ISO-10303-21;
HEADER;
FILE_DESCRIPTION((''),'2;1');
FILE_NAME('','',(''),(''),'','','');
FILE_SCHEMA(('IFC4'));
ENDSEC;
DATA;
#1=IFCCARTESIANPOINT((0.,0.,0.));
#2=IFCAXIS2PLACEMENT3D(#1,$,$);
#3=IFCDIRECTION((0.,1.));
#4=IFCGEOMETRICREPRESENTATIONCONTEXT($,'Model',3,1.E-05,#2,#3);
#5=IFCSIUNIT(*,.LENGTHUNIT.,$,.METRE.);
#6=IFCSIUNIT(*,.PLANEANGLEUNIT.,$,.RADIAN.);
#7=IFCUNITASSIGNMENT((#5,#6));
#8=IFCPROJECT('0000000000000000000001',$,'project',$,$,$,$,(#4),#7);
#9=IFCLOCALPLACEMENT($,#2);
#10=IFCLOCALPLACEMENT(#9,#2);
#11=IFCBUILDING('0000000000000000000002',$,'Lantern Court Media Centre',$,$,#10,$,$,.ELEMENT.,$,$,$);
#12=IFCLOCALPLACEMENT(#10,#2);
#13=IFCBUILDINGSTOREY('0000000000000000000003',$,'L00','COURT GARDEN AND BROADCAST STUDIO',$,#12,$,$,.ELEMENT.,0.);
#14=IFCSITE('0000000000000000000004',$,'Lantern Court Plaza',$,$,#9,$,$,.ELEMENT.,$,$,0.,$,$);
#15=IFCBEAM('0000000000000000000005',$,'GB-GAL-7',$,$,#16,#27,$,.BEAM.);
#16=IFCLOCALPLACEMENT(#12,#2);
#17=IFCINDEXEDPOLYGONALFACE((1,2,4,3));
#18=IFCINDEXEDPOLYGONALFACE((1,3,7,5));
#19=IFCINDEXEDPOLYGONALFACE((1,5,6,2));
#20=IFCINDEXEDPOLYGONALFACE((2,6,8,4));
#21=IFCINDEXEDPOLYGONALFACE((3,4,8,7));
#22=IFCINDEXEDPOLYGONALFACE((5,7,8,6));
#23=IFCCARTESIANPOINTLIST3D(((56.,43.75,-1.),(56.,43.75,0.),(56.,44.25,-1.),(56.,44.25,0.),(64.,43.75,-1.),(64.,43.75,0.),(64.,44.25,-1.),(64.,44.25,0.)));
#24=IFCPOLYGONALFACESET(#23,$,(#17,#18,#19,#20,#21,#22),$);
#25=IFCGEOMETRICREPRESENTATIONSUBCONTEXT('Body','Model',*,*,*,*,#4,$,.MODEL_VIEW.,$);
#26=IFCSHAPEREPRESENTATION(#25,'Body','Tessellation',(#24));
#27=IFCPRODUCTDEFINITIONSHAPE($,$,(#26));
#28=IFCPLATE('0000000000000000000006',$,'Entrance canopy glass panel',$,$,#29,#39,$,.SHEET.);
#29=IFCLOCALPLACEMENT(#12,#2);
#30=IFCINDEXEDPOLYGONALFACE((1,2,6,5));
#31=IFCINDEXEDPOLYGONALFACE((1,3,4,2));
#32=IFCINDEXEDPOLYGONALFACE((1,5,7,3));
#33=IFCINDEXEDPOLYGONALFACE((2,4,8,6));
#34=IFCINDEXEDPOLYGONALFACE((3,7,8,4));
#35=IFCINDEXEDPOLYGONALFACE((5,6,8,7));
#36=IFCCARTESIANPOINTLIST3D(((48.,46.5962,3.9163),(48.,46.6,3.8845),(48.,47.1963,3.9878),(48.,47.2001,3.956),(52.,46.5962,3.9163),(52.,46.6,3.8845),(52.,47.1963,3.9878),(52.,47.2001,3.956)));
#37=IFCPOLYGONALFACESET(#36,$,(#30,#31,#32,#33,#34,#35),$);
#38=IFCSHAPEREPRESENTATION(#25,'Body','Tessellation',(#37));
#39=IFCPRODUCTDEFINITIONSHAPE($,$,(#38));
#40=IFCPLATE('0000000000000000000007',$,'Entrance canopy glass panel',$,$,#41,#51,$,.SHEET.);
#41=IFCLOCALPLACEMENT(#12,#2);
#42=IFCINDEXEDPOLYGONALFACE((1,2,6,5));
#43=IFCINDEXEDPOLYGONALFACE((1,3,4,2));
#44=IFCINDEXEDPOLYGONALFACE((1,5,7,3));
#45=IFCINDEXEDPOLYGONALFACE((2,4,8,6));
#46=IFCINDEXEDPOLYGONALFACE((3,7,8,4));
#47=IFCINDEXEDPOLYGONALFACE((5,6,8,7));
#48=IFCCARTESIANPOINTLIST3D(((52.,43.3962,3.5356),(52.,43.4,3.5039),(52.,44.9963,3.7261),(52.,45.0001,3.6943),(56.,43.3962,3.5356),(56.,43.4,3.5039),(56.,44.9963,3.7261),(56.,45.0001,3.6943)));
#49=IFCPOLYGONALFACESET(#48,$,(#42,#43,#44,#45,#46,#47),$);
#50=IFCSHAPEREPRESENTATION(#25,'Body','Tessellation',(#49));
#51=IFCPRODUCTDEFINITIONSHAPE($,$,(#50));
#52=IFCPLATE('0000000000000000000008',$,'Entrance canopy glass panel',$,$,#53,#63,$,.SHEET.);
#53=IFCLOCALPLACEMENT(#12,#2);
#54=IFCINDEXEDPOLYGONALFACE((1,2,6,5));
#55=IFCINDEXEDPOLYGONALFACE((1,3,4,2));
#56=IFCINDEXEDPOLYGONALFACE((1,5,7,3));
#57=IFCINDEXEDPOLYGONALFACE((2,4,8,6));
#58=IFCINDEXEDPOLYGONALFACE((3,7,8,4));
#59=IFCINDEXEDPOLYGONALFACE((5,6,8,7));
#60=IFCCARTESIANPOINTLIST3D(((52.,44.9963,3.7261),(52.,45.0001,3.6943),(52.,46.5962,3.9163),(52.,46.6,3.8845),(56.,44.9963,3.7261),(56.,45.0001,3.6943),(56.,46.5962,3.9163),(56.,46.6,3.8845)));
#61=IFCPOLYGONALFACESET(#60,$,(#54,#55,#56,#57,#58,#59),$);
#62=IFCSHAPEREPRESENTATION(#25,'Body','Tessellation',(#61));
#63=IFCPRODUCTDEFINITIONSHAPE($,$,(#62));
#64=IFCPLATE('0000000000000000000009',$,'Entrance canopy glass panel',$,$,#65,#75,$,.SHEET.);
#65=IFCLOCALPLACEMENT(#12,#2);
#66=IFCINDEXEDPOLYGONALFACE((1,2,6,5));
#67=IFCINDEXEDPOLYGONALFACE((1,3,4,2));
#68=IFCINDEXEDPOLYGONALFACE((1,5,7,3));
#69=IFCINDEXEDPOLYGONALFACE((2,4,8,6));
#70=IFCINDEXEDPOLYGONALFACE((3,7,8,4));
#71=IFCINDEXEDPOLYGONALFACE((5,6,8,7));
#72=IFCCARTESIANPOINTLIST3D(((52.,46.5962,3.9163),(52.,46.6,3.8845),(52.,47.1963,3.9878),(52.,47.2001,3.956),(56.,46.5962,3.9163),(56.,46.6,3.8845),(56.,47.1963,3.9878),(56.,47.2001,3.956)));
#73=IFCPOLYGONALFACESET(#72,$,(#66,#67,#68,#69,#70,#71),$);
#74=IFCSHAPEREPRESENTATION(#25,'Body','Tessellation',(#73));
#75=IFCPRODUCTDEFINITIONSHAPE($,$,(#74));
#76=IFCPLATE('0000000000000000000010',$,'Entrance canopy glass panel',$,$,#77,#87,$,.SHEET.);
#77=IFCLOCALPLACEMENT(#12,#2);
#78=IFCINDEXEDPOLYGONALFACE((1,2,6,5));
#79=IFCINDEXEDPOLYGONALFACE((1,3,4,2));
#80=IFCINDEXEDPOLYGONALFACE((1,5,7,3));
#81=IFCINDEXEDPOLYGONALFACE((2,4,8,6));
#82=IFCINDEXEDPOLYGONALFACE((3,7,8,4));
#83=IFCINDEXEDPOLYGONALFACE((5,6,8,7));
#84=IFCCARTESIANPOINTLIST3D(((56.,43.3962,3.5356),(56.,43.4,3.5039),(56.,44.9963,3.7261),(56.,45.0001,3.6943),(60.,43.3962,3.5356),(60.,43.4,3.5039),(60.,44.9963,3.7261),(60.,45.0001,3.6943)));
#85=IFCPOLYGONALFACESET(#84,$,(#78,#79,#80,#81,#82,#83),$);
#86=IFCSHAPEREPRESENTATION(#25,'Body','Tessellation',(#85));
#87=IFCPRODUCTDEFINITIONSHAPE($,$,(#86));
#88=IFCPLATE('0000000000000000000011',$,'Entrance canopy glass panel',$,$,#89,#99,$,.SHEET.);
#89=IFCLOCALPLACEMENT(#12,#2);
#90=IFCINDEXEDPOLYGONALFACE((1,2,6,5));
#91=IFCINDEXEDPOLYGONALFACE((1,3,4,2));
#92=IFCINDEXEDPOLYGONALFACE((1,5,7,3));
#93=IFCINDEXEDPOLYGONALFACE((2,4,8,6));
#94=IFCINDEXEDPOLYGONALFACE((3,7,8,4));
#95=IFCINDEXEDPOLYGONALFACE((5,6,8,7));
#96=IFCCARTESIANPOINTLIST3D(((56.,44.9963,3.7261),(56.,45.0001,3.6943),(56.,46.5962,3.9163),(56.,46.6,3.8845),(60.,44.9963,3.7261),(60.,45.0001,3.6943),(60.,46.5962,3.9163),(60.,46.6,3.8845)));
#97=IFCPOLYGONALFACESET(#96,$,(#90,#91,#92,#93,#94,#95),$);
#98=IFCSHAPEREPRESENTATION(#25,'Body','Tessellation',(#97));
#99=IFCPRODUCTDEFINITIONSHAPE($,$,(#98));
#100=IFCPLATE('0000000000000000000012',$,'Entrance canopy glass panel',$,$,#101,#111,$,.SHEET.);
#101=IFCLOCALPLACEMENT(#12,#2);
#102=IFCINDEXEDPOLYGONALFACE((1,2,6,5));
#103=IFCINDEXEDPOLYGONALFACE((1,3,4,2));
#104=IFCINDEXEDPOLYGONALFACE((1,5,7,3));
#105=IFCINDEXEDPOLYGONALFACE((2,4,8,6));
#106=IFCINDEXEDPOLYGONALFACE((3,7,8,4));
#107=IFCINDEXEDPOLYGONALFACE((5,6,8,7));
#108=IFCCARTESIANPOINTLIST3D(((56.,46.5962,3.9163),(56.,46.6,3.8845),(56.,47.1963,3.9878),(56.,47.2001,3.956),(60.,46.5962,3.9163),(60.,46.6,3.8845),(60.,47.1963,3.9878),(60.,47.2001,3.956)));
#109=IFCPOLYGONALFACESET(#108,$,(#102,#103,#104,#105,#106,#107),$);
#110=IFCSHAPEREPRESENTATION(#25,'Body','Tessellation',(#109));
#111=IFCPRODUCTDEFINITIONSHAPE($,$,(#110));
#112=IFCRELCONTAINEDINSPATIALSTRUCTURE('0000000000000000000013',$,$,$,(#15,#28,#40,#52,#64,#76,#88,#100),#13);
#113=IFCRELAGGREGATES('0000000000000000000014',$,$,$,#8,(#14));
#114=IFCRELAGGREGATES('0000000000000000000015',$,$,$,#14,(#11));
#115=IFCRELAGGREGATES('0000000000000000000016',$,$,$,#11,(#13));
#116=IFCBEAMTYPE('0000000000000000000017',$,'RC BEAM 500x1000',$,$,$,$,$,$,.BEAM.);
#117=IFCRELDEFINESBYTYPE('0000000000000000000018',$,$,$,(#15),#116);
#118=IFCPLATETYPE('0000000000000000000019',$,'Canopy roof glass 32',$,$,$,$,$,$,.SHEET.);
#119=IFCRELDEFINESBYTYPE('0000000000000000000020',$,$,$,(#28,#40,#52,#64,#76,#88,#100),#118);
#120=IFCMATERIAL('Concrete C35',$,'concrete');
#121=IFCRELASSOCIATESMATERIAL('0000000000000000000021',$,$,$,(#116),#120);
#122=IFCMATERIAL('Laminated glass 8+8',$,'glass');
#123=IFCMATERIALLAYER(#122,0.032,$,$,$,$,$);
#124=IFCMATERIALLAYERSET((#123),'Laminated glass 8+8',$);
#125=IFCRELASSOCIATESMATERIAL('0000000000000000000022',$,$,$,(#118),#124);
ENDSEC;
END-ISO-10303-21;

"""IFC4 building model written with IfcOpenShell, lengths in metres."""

from ifc_helpers import new_model, si_unit, direction, frame, origin, origin_2d, place, context, subcontext, project, spatial, polyline, rectangle, outline, extrude, material, layer, layer_set, material_profile, profile_set, type_object, element, save


model = new_model("IFC4")

# Units and contexts
model_context = context("Model", 3, precision=1e-05, world=origin(), true_north=direction((0.0, 1.0)))
body_context = subcontext(model_context, "Body", "Model", "MODEL_VIEW")
ifc_project = project(units=[si_unit("LENGTHUNIT", "METRE"), si_unit("PLANEANGLEUNIT", "RADIAN")], contexts=[model_context])

# Site, building, storey
site_placement = place(None, origin())
site = spatial("IfcSite", under=ifc_project, at=site_placement, Name="Lantern Court Plaza", CompositionType="ELEMENT", RefElevation=0.0)
building_placement = place(site_placement, origin())
building = spatial("IfcBuilding", under=site, at=building_placement, Name="Lantern Court Media Centre", CompositionType="ELEMENT")
storey_placement = place(building_placement, origin())
storey = spatial("IfcBuildingStorey", under=building, at=storey_placement, Name="L00", Description="COURT GARDEN AND BROADCAST STUDIO", CompositionType="ELEMENT", Elevation=0.0)

# Beam
ifc_material_1 = material(Name="Concrete C35", Category="concrete")
ifc_material_profile_1 = material_profile(ifc_material_1, rectangle(XDim=0.5, YDim=1.0, at=origin_2d()), Name="RC 500x1000")
ifc_profile_set_1 = profile_set([ifc_material_profile_1], Name="Concrete C35")
beam_type_1 = type_object("IfcBeamType", Name="RC BEAM 500x1000", PredefinedType="BEAM", material=ifc_profile_set_1)
beam_placement = place(storey_placement, frame((56.0, 44.0, -0.5), z_axis=(1.0, 0.0, 0.0), x_axis=(0.0, 1.0, 0.0)))
element("IfcBeam", 1, at=beam_placement, inside=storey, type_object=beam_type_1, Name="GB-GAL-7", PredefinedType="BEAM", context=body_context, shape_type="SweptSolid", body=[
    extrude(rectangle(XDim=0.5, YDim=1.0, at=origin_2d()), origin(), (0.0, 0.0, 1.0), 8.0),
])

# Plates
ifc_material_2 = material(Name="Laminated glass 8+8", Category="glass")
ifc_layer = layer(ifc_material_2, 0.032)
ifc_layer_set = layer_set([ifc_layer], Name="Laminated glass 8+8")
plate_type = type_object("IfcPlateType", Name="Canopy roof glass 32", PredefinedType="SHEET", material=ifc_layer_set)
plate_1_placement = place(storey_placement, frame((48.0, 46.5962, 3.9163), z_axis=(0.0, -0.118365, 0.99297), x_axis=(1.0, 0.0, 0.0)))
element("IfcPlate", 2, at=plate_1_placement, inside=storey, type_object=plate_type, Name="Entrance canopy glass panel", PredefinedType="SHEET", context=body_context, shape_type="SweptSolid", body=[
    extrude(outline(polyline([(0.0, 0.0), (4.0, 0.0), (4.0, 0.6043), (0.0, 0.6043), (0.0, 0.0)])), origin(), (0.0, 0.0, -1.0), 0.032),
])
plate_2_placement = place(storey_placement, frame((52.0, 43.3962, 3.5356), z_axis=(0.0, -0.118177, 0.992993), x_axis=(1.0, 0.0, 0.0)))
element("IfcPlate", 3, at=plate_2_placement, inside=storey, type_object=plate_type, Name="Entrance canopy glass panel", PredefinedType="SHEET", context=body_context, shape_type="SweptSolid", body=[
    extrude(outline(polyline([(0.0, 0.0), (4.0, 0.0), (4.0, 1.6114), (0.0, 1.6114), (0.0, 0.0)])), origin(), (0.0, 0.0, -1.0), 0.032),
])
plate_3_placement = place(storey_placement, frame((52.0, 44.9963, 3.7261), z_axis=(0.0, -0.118046, 0.993008), x_axis=(1.0, 0.0, 0.0)))
element("IfcPlate", 4, at=plate_3_placement, inside=storey, type_object=plate_type, Name="Entrance canopy glass panel", PredefinedType="SHEET", context=body_context, shape_type="SweptSolid", body=[
    extrude(outline(polyline([(0.0, 0.0), (4.0, 0.0), (4.0, 1.6111), (0.0, 1.6111), (0.0, 0.0)])), origin(), (0.0, 0.0, -1.0), 0.032),
])
plate_4_placement = place(storey_placement, frame((52.0, 46.5962, 3.9163), z_axis=(0.0, -0.118365, 0.99297), x_axis=(1.0, 0.0, 0.0)))
element("IfcPlate", 5, at=plate_4_placement, inside=storey, type_object=plate_type, Name="Entrance canopy glass panel", PredefinedType="SHEET", context=body_context, shape_type="SweptSolid", body=[
    extrude(outline(polyline([(0.0, 0.0), (4.0, 0.0), (4.0, 0.6043), (0.0, 0.6043), (0.0, 0.0)])), origin(), (0.0, 0.0, -1.0), 0.032),
])
plate_5_placement = place(storey_placement, frame((56.0, 43.3962, 3.5356), z_axis=(0.0, -0.118177, 0.992993), x_axis=(1.0, 0.0, 0.0)))
element("IfcPlate", 6, at=plate_5_placement, inside=storey, type_object=plate_type, Name="Entrance canopy glass panel", PredefinedType="SHEET", context=body_context, shape_type="SweptSolid", body=[
    extrude(outline(polyline([(0.0, 0.0), (4.0, 0.0), (4.0, 1.6114), (0.0, 1.6114), (0.0, 0.0)])), origin(), (0.0, 0.0, -1.0), 0.032),
])
plate_6_placement = place(storey_placement, frame((56.0, 44.9963, 3.7261), z_axis=(0.0, -0.118046, 0.993008), x_axis=(1.0, 0.0, 0.0)))
element("IfcPlate", 7, at=plate_6_placement, inside=storey, type_object=plate_type, Name="Entrance canopy glass panel", PredefinedType="SHEET", context=body_context, shape_type="SweptSolid", body=[
    extrude(outline(polyline([(0.0, 0.0), (4.0, 0.0), (4.0, 1.6111), (0.0, 1.6111), (0.0, 0.0)])), origin(), (0.0, 0.0, -1.0), 0.032),
])
plate_7_placement = place(storey_placement, frame((56.0, 46.5962, 3.9163), z_axis=(0.0, -0.118365, 0.99297), x_axis=(1.0, 0.0, 0.0)))
element("IfcPlate", 8, at=plate_7_placement, inside=storey, type_object=plate_type, Name="Entrance canopy glass panel", PredefinedType="SHEET", context=body_context, shape_type="SweptSolid", body=[
    extrude(outline(polyline([(0.0, 0.0), (4.0, 0.0), (4.0, 0.6043), (0.0, 0.6043), (0.0, 0.0)])), origin(), (0.0, 0.0, -1.0), 0.032),
])

save(model, "model.ifc")
